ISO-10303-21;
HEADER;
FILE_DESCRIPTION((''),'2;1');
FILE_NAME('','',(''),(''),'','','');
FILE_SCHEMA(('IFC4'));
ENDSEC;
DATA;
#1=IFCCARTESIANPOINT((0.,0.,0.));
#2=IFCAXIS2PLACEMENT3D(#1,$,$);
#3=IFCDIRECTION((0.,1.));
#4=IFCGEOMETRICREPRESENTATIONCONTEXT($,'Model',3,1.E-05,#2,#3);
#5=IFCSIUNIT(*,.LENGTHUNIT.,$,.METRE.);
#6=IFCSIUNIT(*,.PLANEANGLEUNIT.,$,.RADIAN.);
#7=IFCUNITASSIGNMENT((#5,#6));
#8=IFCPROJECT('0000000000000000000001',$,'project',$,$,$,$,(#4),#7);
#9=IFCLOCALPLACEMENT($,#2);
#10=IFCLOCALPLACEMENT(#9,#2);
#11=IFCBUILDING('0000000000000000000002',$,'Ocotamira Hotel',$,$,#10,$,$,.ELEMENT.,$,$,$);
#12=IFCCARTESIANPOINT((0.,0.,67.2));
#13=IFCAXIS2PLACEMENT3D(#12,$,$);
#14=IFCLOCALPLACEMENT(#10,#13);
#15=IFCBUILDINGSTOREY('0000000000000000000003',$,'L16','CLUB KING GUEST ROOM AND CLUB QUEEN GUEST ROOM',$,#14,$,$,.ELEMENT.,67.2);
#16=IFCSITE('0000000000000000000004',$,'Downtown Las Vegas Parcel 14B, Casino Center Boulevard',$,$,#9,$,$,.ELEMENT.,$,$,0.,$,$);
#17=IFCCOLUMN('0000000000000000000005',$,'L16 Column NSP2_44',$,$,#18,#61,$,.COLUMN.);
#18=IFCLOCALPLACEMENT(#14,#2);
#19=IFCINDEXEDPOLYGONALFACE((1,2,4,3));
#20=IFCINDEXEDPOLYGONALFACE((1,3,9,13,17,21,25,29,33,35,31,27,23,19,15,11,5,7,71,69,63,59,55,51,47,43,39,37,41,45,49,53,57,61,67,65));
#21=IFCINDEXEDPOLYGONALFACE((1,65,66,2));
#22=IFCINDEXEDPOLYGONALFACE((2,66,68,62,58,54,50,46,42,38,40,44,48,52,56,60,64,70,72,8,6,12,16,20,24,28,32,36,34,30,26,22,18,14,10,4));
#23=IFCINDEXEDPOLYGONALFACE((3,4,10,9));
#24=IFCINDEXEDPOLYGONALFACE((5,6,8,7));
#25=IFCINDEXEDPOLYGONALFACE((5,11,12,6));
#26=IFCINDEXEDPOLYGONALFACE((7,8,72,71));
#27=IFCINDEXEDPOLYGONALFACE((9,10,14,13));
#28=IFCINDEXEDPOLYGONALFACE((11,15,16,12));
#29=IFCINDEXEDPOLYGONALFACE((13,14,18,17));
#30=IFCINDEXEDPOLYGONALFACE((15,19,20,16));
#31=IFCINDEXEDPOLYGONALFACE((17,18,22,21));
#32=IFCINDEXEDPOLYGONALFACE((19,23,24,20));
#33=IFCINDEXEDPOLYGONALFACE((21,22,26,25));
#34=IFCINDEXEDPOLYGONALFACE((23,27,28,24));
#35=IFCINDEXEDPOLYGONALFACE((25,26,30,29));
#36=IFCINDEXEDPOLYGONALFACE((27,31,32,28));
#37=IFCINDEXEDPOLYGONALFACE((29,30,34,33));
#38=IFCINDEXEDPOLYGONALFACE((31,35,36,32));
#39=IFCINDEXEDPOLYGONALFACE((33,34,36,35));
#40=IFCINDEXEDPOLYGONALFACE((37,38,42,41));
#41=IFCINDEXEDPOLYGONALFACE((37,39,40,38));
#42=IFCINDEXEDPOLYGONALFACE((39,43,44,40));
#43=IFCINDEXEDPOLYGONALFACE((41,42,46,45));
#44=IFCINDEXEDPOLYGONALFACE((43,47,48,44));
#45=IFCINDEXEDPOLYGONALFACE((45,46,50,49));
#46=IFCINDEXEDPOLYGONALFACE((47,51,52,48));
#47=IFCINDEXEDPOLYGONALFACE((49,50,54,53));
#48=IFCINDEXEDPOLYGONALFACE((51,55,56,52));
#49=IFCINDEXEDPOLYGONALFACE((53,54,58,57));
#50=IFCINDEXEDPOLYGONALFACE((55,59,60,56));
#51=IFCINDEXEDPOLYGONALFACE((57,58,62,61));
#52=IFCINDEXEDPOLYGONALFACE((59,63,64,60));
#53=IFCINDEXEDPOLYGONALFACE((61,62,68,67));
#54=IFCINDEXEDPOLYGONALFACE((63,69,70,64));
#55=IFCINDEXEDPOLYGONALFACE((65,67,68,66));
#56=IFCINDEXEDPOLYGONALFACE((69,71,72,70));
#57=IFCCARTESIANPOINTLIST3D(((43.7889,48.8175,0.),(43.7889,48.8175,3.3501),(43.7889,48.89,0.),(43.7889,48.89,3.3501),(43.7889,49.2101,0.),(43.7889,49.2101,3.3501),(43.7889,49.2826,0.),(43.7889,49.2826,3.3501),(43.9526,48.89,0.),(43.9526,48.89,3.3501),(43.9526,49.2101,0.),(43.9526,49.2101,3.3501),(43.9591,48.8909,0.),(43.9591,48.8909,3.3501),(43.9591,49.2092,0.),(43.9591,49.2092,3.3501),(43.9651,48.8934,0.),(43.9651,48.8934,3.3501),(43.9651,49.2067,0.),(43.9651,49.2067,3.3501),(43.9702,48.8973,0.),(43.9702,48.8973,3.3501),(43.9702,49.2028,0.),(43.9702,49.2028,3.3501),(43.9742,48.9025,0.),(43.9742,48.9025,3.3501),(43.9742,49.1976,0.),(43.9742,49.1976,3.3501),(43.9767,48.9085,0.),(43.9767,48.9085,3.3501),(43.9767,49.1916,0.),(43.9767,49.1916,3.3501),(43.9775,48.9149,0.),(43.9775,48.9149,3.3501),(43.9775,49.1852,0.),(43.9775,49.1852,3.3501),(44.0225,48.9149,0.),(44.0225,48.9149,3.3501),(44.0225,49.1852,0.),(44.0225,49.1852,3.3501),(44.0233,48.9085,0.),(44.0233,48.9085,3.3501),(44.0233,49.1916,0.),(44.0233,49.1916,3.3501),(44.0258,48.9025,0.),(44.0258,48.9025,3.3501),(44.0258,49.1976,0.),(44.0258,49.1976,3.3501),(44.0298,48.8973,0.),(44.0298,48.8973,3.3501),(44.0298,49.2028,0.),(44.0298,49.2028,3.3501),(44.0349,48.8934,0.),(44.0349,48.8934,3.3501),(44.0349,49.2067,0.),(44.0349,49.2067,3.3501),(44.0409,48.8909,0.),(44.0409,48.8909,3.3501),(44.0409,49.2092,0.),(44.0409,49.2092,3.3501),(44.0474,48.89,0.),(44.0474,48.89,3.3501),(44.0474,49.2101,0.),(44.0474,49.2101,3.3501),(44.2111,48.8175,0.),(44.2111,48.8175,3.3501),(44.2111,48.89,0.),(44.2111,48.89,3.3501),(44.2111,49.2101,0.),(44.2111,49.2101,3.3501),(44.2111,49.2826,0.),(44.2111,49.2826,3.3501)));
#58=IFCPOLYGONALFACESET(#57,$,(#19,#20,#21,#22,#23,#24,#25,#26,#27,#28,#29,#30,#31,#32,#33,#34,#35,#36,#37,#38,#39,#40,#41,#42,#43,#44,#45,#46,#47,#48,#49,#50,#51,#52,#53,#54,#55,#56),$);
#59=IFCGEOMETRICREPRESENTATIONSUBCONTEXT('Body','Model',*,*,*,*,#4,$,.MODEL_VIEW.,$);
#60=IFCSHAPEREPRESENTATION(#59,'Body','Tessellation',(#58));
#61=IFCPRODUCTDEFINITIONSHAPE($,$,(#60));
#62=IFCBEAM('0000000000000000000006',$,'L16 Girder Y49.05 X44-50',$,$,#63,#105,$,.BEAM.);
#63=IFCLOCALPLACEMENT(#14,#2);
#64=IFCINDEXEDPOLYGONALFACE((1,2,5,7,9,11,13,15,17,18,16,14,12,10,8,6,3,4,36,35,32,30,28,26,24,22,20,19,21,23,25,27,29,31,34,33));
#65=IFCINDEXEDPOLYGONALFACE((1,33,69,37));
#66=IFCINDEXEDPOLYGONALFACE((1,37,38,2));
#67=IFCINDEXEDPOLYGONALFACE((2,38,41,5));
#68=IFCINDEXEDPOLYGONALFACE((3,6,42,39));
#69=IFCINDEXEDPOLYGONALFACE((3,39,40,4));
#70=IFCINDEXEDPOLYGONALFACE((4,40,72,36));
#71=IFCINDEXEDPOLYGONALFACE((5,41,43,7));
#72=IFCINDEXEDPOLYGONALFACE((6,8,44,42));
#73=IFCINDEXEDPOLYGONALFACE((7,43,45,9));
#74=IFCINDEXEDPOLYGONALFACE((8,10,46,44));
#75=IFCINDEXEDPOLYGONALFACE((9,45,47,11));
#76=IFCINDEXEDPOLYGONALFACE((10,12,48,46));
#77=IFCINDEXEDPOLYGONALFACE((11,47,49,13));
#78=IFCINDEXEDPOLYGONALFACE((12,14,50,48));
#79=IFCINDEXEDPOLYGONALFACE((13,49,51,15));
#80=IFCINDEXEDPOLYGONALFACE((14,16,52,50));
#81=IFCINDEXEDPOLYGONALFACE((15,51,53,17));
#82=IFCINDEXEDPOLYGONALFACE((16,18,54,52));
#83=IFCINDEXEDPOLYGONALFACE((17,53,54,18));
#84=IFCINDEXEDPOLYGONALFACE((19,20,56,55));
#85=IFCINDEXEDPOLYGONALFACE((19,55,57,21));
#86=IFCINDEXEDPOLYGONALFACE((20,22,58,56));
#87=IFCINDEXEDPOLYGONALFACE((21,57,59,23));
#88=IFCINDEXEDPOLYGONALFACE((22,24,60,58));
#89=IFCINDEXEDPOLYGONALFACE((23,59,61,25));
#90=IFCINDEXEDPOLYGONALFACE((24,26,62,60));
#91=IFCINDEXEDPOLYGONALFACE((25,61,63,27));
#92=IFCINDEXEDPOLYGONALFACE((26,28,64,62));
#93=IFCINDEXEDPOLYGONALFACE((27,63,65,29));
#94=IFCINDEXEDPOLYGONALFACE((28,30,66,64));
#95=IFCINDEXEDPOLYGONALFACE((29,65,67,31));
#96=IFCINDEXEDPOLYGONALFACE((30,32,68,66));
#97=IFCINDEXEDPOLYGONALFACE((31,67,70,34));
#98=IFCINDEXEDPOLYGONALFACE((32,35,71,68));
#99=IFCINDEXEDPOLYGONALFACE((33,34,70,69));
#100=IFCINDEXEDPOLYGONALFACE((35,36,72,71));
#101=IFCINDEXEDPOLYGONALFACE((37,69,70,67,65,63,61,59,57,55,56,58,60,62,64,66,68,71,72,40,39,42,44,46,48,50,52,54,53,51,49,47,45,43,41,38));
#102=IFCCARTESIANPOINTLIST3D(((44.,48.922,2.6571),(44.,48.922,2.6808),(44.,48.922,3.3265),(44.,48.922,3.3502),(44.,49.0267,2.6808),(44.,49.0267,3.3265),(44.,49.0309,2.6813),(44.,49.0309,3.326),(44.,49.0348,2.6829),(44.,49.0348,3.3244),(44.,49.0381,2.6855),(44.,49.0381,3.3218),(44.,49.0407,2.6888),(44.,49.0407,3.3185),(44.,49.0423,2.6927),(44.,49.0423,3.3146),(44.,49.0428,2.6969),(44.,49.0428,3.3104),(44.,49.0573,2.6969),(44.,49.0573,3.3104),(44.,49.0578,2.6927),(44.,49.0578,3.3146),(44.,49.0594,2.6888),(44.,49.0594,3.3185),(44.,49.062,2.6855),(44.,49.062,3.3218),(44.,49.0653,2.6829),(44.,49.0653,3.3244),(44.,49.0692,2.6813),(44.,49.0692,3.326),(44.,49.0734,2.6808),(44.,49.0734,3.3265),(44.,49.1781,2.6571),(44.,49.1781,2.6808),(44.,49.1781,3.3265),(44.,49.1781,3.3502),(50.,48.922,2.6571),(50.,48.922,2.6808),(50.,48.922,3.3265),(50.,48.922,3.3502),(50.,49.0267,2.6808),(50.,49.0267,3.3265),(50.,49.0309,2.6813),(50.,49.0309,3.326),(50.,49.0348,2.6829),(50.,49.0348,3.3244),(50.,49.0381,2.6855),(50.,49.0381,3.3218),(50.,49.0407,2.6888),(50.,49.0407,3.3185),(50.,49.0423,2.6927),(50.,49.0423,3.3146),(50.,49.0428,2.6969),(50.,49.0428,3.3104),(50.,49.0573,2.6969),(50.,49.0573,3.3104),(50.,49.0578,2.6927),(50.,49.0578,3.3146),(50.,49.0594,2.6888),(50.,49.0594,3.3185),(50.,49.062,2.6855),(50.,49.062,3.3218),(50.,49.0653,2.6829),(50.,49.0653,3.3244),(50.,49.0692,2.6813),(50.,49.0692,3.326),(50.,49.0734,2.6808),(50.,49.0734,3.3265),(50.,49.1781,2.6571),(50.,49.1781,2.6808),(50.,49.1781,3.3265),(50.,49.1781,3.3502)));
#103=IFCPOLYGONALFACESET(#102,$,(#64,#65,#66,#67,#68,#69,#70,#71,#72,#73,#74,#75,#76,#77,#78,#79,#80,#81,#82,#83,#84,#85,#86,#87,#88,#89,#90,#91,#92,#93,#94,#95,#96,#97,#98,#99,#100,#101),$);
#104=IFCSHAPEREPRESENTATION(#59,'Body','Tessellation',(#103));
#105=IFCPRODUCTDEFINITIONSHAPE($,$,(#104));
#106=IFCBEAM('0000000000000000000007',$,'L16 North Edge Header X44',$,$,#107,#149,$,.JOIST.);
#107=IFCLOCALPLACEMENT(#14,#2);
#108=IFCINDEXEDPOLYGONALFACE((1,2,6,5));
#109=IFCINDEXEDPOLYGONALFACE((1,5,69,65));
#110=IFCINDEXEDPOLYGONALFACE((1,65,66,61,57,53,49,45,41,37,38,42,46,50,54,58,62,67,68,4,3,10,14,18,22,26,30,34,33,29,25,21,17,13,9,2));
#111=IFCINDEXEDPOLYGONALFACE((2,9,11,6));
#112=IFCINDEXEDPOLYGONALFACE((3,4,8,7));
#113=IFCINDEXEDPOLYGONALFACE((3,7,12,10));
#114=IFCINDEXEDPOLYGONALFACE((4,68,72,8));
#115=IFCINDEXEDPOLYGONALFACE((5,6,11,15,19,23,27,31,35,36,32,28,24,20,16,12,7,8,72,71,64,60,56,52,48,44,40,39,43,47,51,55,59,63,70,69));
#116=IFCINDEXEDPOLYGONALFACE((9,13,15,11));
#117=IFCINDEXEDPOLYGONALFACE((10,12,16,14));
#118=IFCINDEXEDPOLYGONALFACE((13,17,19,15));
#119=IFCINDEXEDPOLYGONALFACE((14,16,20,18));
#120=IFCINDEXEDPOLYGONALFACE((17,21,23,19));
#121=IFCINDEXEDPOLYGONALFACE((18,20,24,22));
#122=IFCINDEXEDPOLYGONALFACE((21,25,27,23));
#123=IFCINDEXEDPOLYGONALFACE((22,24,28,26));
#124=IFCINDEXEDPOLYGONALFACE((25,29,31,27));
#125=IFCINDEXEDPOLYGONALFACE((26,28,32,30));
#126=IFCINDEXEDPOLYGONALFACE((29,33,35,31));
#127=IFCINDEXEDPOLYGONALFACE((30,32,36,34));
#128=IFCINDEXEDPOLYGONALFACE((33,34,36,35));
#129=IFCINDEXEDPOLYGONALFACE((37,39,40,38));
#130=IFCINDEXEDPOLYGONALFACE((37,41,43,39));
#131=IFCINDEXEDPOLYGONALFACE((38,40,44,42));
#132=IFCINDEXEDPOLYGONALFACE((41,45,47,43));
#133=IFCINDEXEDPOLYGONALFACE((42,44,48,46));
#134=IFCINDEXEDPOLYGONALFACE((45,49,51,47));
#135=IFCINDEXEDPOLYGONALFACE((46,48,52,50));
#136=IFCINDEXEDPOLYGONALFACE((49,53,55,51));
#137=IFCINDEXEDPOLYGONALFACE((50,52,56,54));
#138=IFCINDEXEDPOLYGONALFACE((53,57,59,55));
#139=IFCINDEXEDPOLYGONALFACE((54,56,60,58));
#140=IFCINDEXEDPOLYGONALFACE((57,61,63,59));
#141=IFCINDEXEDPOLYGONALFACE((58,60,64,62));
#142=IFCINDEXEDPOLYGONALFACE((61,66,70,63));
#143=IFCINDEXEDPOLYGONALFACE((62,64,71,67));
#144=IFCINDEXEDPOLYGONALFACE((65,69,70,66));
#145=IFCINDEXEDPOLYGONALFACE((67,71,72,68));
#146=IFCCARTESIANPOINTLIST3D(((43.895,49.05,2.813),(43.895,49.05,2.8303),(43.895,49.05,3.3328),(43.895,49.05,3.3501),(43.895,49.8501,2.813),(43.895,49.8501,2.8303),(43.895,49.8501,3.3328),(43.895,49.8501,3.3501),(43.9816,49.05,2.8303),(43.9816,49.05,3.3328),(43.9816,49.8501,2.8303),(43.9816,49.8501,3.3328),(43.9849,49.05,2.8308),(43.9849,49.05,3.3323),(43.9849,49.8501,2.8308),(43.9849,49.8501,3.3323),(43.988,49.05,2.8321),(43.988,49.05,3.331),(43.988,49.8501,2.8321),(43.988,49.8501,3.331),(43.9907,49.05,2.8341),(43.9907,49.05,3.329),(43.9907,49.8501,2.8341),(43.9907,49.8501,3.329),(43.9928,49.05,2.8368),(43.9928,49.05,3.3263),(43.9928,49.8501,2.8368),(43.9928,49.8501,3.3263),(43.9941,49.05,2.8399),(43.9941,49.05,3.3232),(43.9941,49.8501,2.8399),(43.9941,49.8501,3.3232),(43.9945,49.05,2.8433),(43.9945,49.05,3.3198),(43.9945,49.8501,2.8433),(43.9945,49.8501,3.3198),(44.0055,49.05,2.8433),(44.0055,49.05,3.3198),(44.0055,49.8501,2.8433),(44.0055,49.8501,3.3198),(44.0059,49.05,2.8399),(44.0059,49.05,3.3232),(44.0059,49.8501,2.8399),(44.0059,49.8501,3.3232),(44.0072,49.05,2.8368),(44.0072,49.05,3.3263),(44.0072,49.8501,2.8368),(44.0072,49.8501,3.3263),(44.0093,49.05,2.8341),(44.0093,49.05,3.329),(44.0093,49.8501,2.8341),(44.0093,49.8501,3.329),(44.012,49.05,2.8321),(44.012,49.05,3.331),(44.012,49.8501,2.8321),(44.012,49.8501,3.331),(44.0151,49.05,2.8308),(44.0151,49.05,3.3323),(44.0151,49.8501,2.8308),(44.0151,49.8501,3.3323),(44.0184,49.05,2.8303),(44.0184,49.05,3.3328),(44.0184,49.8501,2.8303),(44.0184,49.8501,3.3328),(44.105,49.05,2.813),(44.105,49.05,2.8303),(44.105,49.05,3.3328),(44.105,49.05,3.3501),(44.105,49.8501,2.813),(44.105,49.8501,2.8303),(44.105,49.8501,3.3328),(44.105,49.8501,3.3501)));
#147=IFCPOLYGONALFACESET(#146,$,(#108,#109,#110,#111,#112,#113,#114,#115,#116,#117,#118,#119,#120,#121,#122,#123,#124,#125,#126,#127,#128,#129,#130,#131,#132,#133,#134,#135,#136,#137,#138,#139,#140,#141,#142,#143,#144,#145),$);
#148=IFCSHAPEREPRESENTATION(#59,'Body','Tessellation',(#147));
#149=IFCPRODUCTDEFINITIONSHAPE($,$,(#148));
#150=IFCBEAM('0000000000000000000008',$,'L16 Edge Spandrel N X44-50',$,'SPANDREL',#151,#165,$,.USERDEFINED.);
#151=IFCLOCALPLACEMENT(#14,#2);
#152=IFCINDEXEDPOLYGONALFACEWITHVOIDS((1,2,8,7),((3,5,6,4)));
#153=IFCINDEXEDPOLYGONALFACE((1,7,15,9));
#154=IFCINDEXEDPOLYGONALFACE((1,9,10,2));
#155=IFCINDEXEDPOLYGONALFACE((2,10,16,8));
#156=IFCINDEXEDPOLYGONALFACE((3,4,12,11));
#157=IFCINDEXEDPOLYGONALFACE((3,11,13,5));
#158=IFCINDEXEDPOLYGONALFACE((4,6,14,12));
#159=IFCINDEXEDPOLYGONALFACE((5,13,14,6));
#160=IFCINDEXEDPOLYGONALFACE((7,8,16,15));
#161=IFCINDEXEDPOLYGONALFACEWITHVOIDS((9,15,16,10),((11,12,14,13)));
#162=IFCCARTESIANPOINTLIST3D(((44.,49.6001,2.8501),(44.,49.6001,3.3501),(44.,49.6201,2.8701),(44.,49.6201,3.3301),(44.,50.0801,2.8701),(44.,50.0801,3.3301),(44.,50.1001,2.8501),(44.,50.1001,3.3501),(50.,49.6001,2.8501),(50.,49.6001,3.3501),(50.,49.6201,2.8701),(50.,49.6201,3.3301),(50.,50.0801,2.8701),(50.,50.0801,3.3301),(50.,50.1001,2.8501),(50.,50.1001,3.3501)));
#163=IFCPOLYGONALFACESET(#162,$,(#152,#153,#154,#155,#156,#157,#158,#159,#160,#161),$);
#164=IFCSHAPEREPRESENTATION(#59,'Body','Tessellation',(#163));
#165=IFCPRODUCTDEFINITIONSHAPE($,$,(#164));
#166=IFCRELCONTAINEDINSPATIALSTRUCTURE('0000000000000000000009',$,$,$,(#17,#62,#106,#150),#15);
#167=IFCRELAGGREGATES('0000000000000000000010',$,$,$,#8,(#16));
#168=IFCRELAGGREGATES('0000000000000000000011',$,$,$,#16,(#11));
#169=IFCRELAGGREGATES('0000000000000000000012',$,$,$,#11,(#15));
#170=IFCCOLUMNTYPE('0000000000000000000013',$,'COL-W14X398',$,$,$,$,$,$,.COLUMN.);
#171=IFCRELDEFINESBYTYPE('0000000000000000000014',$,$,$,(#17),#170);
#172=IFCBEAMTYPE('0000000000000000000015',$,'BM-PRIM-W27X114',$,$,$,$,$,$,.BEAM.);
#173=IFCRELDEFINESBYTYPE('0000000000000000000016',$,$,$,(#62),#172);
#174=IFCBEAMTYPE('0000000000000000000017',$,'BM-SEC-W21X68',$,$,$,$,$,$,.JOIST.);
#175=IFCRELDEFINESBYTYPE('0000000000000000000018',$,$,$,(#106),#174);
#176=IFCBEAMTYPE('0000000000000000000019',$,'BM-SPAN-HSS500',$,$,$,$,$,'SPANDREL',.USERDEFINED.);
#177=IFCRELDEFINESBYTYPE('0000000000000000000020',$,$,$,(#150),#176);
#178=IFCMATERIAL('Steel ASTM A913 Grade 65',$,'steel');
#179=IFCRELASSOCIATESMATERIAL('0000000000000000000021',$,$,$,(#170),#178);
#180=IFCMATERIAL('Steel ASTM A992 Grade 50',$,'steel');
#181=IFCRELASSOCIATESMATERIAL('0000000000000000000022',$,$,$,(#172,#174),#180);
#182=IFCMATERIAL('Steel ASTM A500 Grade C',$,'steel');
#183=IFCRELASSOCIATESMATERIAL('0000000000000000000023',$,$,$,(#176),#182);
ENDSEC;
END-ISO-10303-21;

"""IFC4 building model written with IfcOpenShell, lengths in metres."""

from ifc_helpers import new_model, si_unit, direction, frame, origin, origin_2d, place, context, subcontext, project, spatial, hollow_rectangle, i_section, extrude, source, transform, mapped, material, material_profile, profile_set, type_object, element, save


model = new_model("IFC4")

# Units and contexts
model_context = context("Model", 3, precision=1e-05, world=origin(), true_north=direction((0.0, 1.0)))
body_context = subcontext(model_context, "Body", "Model", "MODEL_VIEW")
ifc_project = project(units=[si_unit("LENGTHUNIT", "METRE"), si_unit("PLANEANGLEUNIT", "RADIAN")], contexts=[model_context])

# Site, building, storey
site_placement = place(None, origin())
site = spatial("IfcSite", under=ifc_project, at=site_placement, Name="Downtown Las Vegas Parcel 14B, Casino Center Boulevard", CompositionType="ELEMENT", RefElevation=0.0)
building_placement = place(site_placement, origin())
building = spatial("IfcBuilding", under=site, at=building_placement, Name="Ocotamira Hotel", CompositionType="ELEMENT")
storey_placement = place(building_placement, frame((0.0, 0.0, 67.2)))
storey = spatial("IfcBuildingStorey", under=building, at=storey_placement, Name="L16", Description="CLUB KING GUEST ROOM AND CLUB QUEEN GUEST ROOM", CompositionType="ELEMENT", Elevation=67.2)

# Column
ifc_material_1 = material(Name="Steel ASTM A913 Grade 65", Category="steel")
ifc_material_profile_1 = material_profile(ifc_material_1, i_section(OverallWidth=0.4221, OverallDepth=0.4651, WebThickness=0.0449, FlangeThickness=0.0725, FilletRadius=0.0249, at=origin_2d()), Name="W14X398")
ifc_profile_set_1 = profile_set([ifc_material_profile_1], Name="Steel ASTM A913 Grade 65")
column_type = type_object("IfcColumnType", Name="COL-W14X398", PredefinedType="COLUMN", material=ifc_profile_set_1)
shared_shape_1 = source(origin(), body_context, "Body", "SweptSolid", [
    extrude(i_section(OverallWidth=0.4221, OverallDepth=0.4651, WebThickness=0.0449, FlangeThickness=0.0725, FilletRadius=0.0249, at=origin_2d()), origin(), (0.0, 0.0, 1.0), 3.3501),
])
column_placement = place(storey_placement, frame((44.0, 49.05, 0.0), z_axis=(0.0, 0.0, 1.0), x_axis=(1.0, 0.0, 0.0)))
element("IfcColumn", 1, at=column_placement, inside=storey, type_object=column_type, Name="L16 Column NSP2_44", PredefinedType="COLUMN", context=body_context, shape_type="MappedRepresentation", body=[
    mapped(shared_shape_1, transform((0.0, 0.0, 0.0), scale=1.0)),
])

# Beams
ifc_material_2 = material(Name="Steel ASTM A992 Grade 50", Category="steel")
ifc_material_profile_2 = material_profile(ifc_material_2, i_section(OverallWidth=0.2561, OverallDepth=0.6931, WebThickness=0.0144, FlangeThickness=0.0237, FilletRadius=0.0161, at=origin_2d()), Name="W27X114")
ifc_profile_set_2 = profile_set([ifc_material_profile_2], Name="Steel ASTM A992 Grade 50")
beam_type_1 = type_object("IfcBeamType", Name="BM-PRIM-W27X114", PredefinedType="BEAM", material=ifc_profile_set_2)
shared_shape_2 = source(origin(), body_context, "Body", "SweptSolid", [
    extrude(i_section(OverallWidth=0.2561, OverallDepth=0.6931, WebThickness=0.0144, FlangeThickness=0.0237, FilletRadius=0.0161, at=origin_2d()), origin(), (0.0, 0.0, 1.0), 6.0),
])
beam_1_placement = place(storey_placement, frame((44.0, 49.05, 3.0037), z_axis=(1.0, 0.0, 0.0), x_axis=(0.0, 1.0, 0.0)))
element("IfcBeam", 2, at=beam_1_placement, inside=storey, type_object=beam_type_1, Name="L16 Girder Y49.05 X44-50", PredefinedType="BEAM", context=body_context, shape_type="MappedRepresentation", body=[
    mapped(shared_shape_2, transform((0.0, 0.0, 0.0), scale=1.0)),
])
ifc_material_profile_3 = material_profile(ifc_material_2, i_section(OverallWidth=0.21, OverallDepth=0.5371, WebThickness=0.011, FlangeThickness=0.0173, FilletRadius=0.0129, at=origin_2d()), Name="W21X68")
ifc_profile_set_3 = profile_set([ifc_material_profile_3], Name="Steel ASTM A992 Grade 50")
beam_type_2 = type_object("IfcBeamType", Name="BM-SEC-W21X68", PredefinedType="JOIST", material=ifc_profile_set_3)
shared_shape_3 = source(origin(), body_context, "Body", "SweptSolid", [
    extrude(i_section(OverallWidth=0.21, OverallDepth=0.5371, WebThickness=0.011, FlangeThickness=0.0173, FilletRadius=0.0129, at=origin_2d()), origin(), (0.0, 0.0, 1.0), 0.8),
])
beam_2_placement = place(storey_placement, frame((44.0, 49.05, 3.0815), z_axis=(0.0, 1.0, 0.0), x_axis=(-1.0, 0.0, 0.0)))
element("IfcBeam", 3, at=beam_2_placement, inside=storey, type_object=beam_type_2, Name="L16 North Edge Header X44", PredefinedType="JOIST", context=body_context, shape_type="MappedRepresentation", body=[
    mapped(shared_shape_3, transform((0.0, 0.0, 0.0), scale=1.0)),
])
ifc_material_3 = material(Name="Steel ASTM A500 Grade C", Category="steel")
ifc_material_profile_4 = material_profile(ifc_material_3, hollow_rectangle(XDim=0.5, YDim=0.5, WallThickness=0.02, at=origin_2d()), Name="HSS500X500X20")
ifc_profile_set_4 = profile_set([ifc_material_profile_4], Name="Steel ASTM A500 Grade C")
beam_type_3 = type_object("IfcBeamType", Name="BM-SPAN-HSS500", ElementType="SPANDREL", PredefinedType="USERDEFINED", material=ifc_profile_set_4)
shared_shape_4 = source(origin(), body_context, "Body", "SweptSolid", [
    extrude(hollow_rectangle(XDim=0.5, YDim=0.5, WallThickness=0.02, at=origin_2d()), origin(), (0.0, 0.0, 1.0), 6.0),
])
beam_3_placement = place(storey_placement, frame((44.0, 49.8501, 3.1001), z_axis=(1.0, 0.0, 0.0), x_axis=(0.0, 1.0, 0.0)))
element("IfcBeam", 4, at=beam_3_placement, inside=storey, type_object=beam_type_3, Name="L16 Edge Spandrel N X44-50", ObjectType="SPANDREL", PredefinedType="USERDEFINED", context=body_context, shape_type="MappedRepresentation", body=[
    mapped(shared_shape_4, transform((0.0, 0.0, 0.0), scale=1.0)),
])

save(model, "model.ifc")
